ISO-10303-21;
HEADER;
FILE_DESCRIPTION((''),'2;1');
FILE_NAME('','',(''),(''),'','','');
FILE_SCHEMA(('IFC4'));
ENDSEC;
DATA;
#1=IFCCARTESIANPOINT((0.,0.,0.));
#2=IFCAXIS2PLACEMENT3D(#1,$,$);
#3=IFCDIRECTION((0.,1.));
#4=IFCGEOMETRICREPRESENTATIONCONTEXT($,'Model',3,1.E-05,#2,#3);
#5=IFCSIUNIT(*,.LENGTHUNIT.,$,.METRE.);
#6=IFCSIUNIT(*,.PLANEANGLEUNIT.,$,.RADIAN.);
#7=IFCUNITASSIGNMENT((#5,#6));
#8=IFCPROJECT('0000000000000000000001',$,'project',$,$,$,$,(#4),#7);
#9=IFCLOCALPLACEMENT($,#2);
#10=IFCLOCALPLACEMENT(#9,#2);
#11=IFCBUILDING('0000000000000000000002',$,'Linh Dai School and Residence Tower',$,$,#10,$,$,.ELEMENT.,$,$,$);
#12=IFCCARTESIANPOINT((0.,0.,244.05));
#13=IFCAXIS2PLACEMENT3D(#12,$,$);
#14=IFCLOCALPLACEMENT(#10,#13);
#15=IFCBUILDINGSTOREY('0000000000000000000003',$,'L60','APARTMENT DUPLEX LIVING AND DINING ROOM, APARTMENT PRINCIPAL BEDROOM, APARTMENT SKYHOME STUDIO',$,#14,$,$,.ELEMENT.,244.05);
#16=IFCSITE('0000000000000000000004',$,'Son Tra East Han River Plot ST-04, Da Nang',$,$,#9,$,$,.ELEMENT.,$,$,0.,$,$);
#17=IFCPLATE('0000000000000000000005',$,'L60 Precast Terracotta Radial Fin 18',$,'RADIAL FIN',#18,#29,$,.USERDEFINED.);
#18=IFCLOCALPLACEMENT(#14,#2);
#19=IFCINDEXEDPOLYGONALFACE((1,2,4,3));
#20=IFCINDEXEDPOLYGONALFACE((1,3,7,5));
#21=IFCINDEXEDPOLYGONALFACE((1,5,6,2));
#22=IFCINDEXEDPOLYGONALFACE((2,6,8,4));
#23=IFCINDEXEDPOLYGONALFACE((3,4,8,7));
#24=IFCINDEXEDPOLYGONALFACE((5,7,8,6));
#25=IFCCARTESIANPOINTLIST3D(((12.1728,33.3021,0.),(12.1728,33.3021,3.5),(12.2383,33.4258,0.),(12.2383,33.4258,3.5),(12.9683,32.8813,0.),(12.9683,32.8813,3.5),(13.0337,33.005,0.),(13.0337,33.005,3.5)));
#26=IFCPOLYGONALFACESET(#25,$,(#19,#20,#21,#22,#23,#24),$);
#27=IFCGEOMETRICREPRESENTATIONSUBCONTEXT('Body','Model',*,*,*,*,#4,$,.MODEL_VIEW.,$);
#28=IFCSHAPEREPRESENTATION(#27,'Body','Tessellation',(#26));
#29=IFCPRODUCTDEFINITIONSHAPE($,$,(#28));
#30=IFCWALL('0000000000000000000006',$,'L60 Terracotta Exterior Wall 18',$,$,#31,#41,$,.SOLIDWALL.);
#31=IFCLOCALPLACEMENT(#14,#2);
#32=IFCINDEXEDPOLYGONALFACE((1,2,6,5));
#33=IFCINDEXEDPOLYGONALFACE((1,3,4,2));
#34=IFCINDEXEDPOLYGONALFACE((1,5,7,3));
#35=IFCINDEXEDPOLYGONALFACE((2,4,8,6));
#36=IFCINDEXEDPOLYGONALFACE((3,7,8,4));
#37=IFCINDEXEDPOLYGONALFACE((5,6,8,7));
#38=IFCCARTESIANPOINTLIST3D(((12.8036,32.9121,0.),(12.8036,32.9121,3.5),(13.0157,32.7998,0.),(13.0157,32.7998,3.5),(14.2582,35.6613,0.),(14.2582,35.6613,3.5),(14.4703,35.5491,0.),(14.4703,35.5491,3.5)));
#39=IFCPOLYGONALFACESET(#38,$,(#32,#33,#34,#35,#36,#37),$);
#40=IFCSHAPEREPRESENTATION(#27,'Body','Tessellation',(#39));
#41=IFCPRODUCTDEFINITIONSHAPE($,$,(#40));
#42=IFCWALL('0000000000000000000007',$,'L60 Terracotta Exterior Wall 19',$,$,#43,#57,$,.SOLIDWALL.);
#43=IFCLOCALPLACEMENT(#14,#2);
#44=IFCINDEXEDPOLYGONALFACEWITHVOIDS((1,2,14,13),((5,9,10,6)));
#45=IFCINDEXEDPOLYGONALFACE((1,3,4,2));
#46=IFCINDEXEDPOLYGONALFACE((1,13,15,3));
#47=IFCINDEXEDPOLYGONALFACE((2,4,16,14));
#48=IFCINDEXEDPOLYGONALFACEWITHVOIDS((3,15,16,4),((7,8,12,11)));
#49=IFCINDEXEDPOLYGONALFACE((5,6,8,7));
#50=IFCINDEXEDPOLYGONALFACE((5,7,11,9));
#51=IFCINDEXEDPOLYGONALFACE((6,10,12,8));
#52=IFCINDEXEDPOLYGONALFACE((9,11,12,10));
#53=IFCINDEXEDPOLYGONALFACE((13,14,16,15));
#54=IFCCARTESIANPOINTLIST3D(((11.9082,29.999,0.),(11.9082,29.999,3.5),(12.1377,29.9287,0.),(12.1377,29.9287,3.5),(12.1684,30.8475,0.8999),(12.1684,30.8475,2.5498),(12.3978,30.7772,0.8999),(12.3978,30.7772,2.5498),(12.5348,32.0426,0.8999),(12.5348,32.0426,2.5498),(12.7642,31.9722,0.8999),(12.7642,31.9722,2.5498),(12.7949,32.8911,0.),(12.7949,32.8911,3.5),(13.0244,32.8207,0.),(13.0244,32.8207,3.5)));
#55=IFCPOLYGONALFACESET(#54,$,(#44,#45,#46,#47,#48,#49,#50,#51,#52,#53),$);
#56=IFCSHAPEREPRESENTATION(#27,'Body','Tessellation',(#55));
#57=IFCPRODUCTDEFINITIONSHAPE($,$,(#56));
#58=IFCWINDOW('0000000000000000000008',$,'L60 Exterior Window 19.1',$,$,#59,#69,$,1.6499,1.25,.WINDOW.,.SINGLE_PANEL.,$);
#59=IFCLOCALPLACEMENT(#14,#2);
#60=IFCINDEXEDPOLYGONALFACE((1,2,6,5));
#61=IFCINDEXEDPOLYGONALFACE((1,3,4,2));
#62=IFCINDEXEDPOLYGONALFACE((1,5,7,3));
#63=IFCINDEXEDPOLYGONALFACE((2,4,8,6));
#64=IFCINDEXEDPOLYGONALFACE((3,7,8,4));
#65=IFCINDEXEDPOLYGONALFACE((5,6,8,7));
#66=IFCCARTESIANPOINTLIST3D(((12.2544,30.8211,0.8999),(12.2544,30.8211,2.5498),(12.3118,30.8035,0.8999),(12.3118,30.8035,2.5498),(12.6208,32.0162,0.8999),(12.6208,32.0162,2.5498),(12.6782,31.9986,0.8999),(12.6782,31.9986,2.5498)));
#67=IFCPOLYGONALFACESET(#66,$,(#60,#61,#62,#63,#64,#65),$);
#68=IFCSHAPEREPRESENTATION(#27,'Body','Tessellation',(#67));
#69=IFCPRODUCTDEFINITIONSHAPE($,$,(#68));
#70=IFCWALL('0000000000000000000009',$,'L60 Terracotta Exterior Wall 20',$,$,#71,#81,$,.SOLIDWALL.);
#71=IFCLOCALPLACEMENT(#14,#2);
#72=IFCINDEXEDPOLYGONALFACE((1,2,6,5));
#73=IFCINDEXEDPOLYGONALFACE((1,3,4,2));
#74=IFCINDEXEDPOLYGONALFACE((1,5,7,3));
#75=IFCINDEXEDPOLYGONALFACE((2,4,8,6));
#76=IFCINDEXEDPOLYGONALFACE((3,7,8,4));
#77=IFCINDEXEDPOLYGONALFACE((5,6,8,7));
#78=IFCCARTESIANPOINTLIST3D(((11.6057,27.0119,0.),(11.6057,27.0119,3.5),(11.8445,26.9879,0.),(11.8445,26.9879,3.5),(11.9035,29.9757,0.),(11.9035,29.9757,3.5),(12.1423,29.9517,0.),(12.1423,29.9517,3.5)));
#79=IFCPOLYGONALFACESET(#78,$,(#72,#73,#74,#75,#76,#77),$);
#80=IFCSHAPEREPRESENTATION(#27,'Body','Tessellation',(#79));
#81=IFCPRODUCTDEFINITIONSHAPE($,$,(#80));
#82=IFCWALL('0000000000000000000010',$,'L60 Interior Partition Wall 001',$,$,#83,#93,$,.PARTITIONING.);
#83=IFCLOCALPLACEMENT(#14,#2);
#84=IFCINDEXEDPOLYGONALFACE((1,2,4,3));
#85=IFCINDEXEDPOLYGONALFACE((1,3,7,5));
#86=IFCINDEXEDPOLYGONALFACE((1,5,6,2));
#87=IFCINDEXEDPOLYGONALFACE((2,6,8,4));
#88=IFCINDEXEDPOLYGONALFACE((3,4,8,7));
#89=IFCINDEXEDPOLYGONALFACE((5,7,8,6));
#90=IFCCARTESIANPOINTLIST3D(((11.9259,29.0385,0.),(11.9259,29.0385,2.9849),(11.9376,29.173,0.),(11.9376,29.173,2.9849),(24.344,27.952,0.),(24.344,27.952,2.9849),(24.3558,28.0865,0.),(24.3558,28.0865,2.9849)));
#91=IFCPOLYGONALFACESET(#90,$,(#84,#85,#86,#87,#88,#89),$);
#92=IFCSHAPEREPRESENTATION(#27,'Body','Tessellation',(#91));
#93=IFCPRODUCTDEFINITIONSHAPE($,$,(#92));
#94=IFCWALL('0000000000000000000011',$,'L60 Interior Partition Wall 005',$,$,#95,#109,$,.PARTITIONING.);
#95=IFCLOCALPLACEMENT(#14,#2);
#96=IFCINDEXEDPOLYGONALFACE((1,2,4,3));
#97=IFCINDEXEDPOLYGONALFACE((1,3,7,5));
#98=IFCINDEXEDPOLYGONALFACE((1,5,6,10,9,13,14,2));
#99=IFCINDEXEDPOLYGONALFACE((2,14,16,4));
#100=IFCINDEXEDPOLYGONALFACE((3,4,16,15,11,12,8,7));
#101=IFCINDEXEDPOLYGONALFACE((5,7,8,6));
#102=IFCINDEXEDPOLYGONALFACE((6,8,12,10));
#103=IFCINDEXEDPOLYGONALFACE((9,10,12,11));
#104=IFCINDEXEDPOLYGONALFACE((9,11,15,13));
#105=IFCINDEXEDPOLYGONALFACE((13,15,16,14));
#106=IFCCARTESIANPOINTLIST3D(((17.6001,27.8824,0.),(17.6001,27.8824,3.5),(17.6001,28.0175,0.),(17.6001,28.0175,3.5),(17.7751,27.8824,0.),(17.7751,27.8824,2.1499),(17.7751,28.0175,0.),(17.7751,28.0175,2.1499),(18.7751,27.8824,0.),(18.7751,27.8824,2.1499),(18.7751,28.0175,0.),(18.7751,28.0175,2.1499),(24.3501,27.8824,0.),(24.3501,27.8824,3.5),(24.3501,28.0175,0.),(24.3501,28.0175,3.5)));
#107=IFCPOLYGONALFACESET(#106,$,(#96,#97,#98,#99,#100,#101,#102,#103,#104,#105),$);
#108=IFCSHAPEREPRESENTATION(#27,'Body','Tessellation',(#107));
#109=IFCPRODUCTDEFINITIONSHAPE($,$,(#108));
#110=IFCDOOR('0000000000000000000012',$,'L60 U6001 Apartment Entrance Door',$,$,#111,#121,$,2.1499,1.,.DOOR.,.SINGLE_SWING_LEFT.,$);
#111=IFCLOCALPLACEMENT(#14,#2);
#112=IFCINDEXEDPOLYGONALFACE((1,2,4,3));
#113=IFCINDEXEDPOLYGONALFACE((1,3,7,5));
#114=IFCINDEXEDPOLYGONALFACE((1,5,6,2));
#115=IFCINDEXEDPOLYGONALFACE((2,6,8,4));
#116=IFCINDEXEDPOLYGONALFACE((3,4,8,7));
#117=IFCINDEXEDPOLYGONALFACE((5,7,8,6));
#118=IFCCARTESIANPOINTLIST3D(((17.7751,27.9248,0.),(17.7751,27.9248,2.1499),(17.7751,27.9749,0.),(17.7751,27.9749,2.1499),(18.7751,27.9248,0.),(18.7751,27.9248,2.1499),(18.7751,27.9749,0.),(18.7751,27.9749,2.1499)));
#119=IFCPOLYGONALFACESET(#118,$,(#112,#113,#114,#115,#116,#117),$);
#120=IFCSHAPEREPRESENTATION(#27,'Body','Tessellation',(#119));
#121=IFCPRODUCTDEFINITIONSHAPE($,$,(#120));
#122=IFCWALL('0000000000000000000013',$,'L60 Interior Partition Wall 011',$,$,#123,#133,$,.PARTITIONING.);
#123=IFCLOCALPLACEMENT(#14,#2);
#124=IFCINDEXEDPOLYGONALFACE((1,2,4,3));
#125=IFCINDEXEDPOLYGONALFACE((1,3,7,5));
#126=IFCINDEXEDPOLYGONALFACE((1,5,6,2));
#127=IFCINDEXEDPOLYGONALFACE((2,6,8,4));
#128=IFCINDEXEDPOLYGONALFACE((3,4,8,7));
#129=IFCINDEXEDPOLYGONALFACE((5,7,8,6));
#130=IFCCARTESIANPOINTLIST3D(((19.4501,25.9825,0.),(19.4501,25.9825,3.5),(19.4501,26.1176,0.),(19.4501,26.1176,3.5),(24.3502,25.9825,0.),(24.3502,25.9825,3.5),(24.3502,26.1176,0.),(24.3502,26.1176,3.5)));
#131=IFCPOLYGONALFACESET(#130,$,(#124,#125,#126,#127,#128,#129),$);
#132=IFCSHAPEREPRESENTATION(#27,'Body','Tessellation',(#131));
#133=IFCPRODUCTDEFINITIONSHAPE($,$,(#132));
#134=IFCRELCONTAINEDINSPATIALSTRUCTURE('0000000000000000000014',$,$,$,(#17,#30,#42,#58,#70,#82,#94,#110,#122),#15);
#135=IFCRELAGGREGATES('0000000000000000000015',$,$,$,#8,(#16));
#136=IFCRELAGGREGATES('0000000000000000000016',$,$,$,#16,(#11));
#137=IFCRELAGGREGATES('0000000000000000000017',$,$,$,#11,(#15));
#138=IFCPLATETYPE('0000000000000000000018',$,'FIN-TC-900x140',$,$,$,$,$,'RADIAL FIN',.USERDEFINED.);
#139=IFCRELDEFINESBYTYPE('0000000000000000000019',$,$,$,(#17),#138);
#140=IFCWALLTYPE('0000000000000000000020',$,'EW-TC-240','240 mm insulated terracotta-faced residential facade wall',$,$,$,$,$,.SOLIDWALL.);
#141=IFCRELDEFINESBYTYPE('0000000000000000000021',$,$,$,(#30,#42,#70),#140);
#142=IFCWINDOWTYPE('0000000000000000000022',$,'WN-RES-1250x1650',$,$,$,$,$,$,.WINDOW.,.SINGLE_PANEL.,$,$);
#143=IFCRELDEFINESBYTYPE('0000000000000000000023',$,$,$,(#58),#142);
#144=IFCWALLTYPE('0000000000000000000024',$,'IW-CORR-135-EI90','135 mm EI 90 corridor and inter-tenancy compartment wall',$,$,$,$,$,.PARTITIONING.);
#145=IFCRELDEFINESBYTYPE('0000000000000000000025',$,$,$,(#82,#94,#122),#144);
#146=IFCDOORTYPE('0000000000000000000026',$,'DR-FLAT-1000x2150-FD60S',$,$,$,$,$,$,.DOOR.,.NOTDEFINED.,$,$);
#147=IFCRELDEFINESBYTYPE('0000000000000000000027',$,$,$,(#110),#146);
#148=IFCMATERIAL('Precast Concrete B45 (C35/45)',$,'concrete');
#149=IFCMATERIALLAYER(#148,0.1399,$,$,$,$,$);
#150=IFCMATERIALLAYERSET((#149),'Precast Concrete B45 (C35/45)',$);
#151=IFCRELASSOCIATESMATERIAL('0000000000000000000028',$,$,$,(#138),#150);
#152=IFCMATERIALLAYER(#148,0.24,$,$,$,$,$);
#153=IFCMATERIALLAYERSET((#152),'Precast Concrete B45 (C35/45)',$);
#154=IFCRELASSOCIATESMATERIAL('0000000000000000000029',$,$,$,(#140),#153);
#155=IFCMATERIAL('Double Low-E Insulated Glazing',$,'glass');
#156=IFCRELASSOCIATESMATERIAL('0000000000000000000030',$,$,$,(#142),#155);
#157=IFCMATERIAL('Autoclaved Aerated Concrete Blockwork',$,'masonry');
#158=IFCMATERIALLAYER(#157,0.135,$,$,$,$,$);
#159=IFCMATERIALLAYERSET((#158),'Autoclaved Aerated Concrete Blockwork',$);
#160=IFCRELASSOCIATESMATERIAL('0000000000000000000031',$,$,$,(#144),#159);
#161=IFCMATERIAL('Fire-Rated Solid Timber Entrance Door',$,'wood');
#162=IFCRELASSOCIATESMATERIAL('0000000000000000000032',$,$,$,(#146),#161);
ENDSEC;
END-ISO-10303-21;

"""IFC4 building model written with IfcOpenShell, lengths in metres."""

from ifc_helpers import new_model, si_unit, direction, frame, frame_2d, origin, origin_2d, place, context, subcontext, project, spatial, rectangle, extrude, source, transform, mapped, material, layer, layer_set, type_object, element, fill, save


model = new_model("IFC4")

# Units and contexts
model_context = context("Model", 3, precision=1e-05, world=origin(), true_north=direction((0.0, 1.0)))
body_context = subcontext(model_context, "Body", "Model", "MODEL_VIEW")
ifc_project = project(units=[si_unit("LENGTHUNIT", "METRE"), si_unit("PLANEANGLEUNIT", "RADIAN")], contexts=[model_context])

# Site, building, storey
site_placement = place(None, origin())
site = spatial("IfcSite", under=ifc_project, at=site_placement, Name="Son Tra East Han River Plot ST-04, Da Nang", CompositionType="ELEMENT", RefElevation=0.0)
building_placement = place(site_placement, origin())
building = spatial("IfcBuilding", under=site, at=building_placement, Name="Linh Dai School and Residence Tower", CompositionType="ELEMENT")
storey_placement = place(building_placement, frame((0.0, 0.0, 244.05)))
storey = spatial("IfcBuildingStorey", under=building, at=storey_placement, Name="L60", Description="APARTMENT DUPLEX LIVING AND DINING ROOM, APARTMENT PRINCIPAL BEDROOM, APARTMENT SKYHOME STUDIO", CompositionType="ELEMENT", Elevation=244.05)

# Plate
ifc_material_1 = material(Name="Precast Concrete B45 (C35/45)", Category="concrete")
ifc_layer_1 = layer(ifc_material_1, 0.1399)
ifc_layer_set_1 = layer_set([ifc_layer_1], Name="Precast Concrete B45 (C35/45)")
plate_type = type_object("IfcPlateType", Name="FIN-TC-900x140", ElementType="RADIAL FIN", PredefinedType="USERDEFINED", material=ifc_layer_set_1)
shared_shape_1 = source(origin(), body_context, "Body", "SweptSolid", [
    extrude(rectangle(XDim=0.8999, YDim=0.1399, at=origin_2d()), origin(), (0.0, 0.0, 1.0), 3.5),
])
plate_placement = place(storey_placement, frame((12.6033, 33.1536, 0.0), z_axis=(0.0, 0.0, 1.0), x_axis=(-0.883929, 0.467621, 0.0)))
element("IfcPlate", 1, at=plate_placement, inside=storey, type_object=plate_type, Name="L60 Precast Terracotta Radial Fin 18", ObjectType="RADIAL FIN", PredefinedType="USERDEFINED", context=body_context, shape_type="MappedRepresentation", body=[
    mapped(shared_shape_1, transform((0.0, 0.0, 0.0), x_axis=(1.0, 0.0, 0.0), y_axis=(0.0, 1.0, 0.0), z_axis=(0.0, 0.0, 1.0), scale=1.0)),
])

# Wall
ifc_layer_2 = layer(ifc_material_1, 0.24)
ifc_layer_set_2 = layer_set([ifc_layer_2], Name="Precast Concrete B45 (C35/45)")
wall_type_1 = type_object("IfcWallType", Name="EW-TC-240", Description="240 mm insulated terracotta-faced residential facade wall", PredefinedType="SOLIDWALL", material=ifc_layer_set_2)
wall_1_placement = place(storey_placement, frame((12.9097, 32.856, 0.0), z_axis=(0.0, 0.0, 1.0), x_axis=(0.46766, 0.883908, 0.0)))
element("IfcWall", 2, at=wall_1_placement, inside=storey, type_object=wall_type_1, Name="L60 Terracotta Exterior Wall 18", PredefinedType="SOLIDWALL", context=body_context, shape_type="SweptSolid", body=[
    extrude(rectangle(XDim=3.1104, YDim=0.24, at=frame_2d((1.5552, 0.0))), origin(), (0.0, 0.0, 1.0), 3.5),
])

# Wall, opening, window
wall_2_placement = place(storey_placement, frame((12.0229, 29.9639, 0.0), z_axis=(0.0, 0.0, 1.0), x_axis=(0.293133, 0.956072, 0.0)))
wall_2 = element("IfcWall", 3, at=wall_2_placement, inside=storey, type_object=wall_type_1, Name="L60 Terracotta Exterior Wall 19", PredefinedType="SOLIDWALL", context=body_context, shape_type="SweptSolid", body=[
    extrude(rectangle(XDim=3.0249, YDim=0.24, at=frame_2d((1.5125, 0.0))), origin(), (0.0, 0.0, 1.0), 3.5),
])
opening_1_placement = place(wall_2_placement, frame((0.8875, 0.0, 0.8999)))
opening_1 = element("IfcOpeningElement", 4, at=opening_1_placement, cuts=wall_2, PredefinedType="OPENING", context=body_context, shape_type="SweptSolid", body=[
    extrude(rectangle(XDim=1.25, YDim=1.6499, at=origin_2d()), frame((0.625, 0.1299, 0.825), z_axis=(0.0, -1.0, 0.0), x_axis=(1.0, 0.0, 0.0)), (0.0, 0.0, 1.0), 0.26),
])
ifc_material_2 = material(Name="Double Low-E Insulated Glazing", Category="glass")
window_type = type_object("IfcWindowType", Name="WN-RES-1250x1650", PartitioningType="SINGLE_PANEL", PredefinedType="WINDOW", material=ifc_material_2)
shared_shape_2 = source(origin(), body_context, "Body", "SweptSolid", [
    extrude(rectangle(XDim=1.25, YDim=1.6499, at=origin_2d()), frame((0.625, 0.03, 0.825), z_axis=(0.0, -1.0, 0.0), x_axis=(1.0, 0.0, 0.0)), (0.0, 0.0, 1.0), 0.0601),
])
window_placement = place(opening_1_placement, origin())
window = element("IfcWindow", 5, at=window_placement, inside=storey, type_object=window_type, Name="L60 Exterior Window 19.1", OverallHeight=1.6499, OverallWidth=1.25, PartitioningType="SINGLE_PANEL", PredefinedType="WINDOW", context=body_context, shape_type="MappedRepresentation", body=[
    mapped(shared_shape_2, transform((0.0, 0.0, 0.0), x_axis=(1.0, 0.0, 0.0), y_axis=(0.0, 1.0, 0.0), z_axis=(0.0, 0.0, 1.0), scale=1.0)),
])
fill(opening_1, window)

# Walls
wall_3_placement = place(storey_placement, frame((11.7251, 27.0, 0.0), z_axis=(0.0, 0.0, 1.0), x_axis=(0.099991, 0.994988, 0.0)))
element("IfcWall", 6, at=wall_3_placement, inside=storey, type_object=wall_type_1, Name="L60 Terracotta Exterior Wall 20", PredefinedType="SOLIDWALL", context=body_context, shape_type="SweptSolid", body=[
    extrude(rectangle(XDim=2.9788, YDim=0.24, at=frame_2d((1.4893, 0.0))), origin(), (0.0, 0.0, 1.0), 3.5),
])
ifc_material_3 = material(Name="Autoclaved Aerated Concrete Blockwork", Category="masonry")
ifc_layer_3 = layer(ifc_material_3, 0.135)
ifc_layer_set_3 = layer_set([ifc_layer_3], Name="Autoclaved Aerated Concrete Blockwork")
wall_type_2 = type_object("IfcWallType", Name="IW-CORR-135-EI90", Description="135 mm EI 90 corridor and inter-tenancy compartment wall", PredefinedType="PARTITIONING", material=ifc_layer_set_3)
wall_4_placement = place(storey_placement, frame((11.9316, 29.1057, 0.0), z_axis=(0.0, 0.0, 1.0), x_axis=(0.996195, -0.087154, 0.0)))
element("IfcWall", 7, at=wall_4_placement, inside=storey, type_object=wall_type_2, Name="L60 Interior Partition Wall 001", PredefinedType="PARTITIONING", context=body_context, shape_type="SweptSolid", body=[
    extrude(rectangle(XDim=12.4656, YDim=0.135, at=frame_2d((6.2329, 0.0))), origin(), (0.0, 0.0, 1.0), 2.9849),
])

# Wall, opening, door
wall_5_placement = place(storey_placement, frame((17.6001, 27.95, 0.0), z_axis=(0.0, 0.0, 1.0), x_axis=(1.0, 0.0, 0.0)))
wall_5 = element("IfcWall", 8, at=wall_5_placement, inside=storey, type_object=wall_type_2, Name="L60 Interior Partition Wall 005", PredefinedType="PARTITIONING", context=body_context, shape_type="SweptSolid", body=[
    extrude(rectangle(XDim=6.75, YDim=0.135, at=frame_2d((3.375, 0.0))), origin(), (0.0, 0.0, 1.0), 3.5),
])
opening_2_placement = place(wall_5_placement, frame((0.175, 0.0, 0.0)))
opening_2 = element("IfcOpeningElement", 9, at=opening_2_placement, cuts=wall_5, PredefinedType="OPENING", context=body_context, shape_type="SweptSolid", body=[
    extrude(rectangle(XDim=1.0, YDim=2.1499, at=origin_2d()), frame((0.5, 0.0776, 1.075), z_axis=(0.0, -1.0, 0.0), x_axis=(1.0, 0.0, 0.0)), (0.0, 0.0, 1.0), 0.155),
])
ifc_material_4 = material(Name="Fire-Rated Solid Timber Entrance Door", Category="wood")
door_type_1 = type_object("IfcDoorType", Name="DR-FLAT-1000x2150-FD60S", OperationType="NOTDEFINED", PredefinedType="DOOR", material=ifc_material_4)
shared_shape_3 = source(origin(), body_context, "Body", "SweptSolid", [
    extrude(rectangle(XDim=1.0, YDim=2.1499, at=origin_2d()), frame((0.5, 0.0249, 1.075), z_axis=(0.0, -1.0, 0.0), x_axis=(1.0, 0.0, 0.0)), (0.0, 0.0, 1.0), 0.05),
])
door_1_placement = place(opening_2_placement, origin())
door_1 = element("IfcDoor", 10, at=door_1_placement, inside=storey, type_object=door_type_1, Name="L60 U6001 Apartment Entrance Door", OperationType="SINGLE_SWING_LEFT", OverallHeight=2.1499, OverallWidth=1.0, PredefinedType="DOOR", context=body_context, shape_type="MappedRepresentation", body=[
    mapped(shared_shape_3, transform((0.0, 0.0, 0.0), x_axis=(1.0, 0.0, 0.0), y_axis=(0.0, 1.0, 0.0), z_axis=(0.0, 0.0, 1.0), scale=1.0)),
])
fill(opening_2, door_1)

# Wall
wall_6_placement = place(storey_placement, frame((19.45, 26.05, 0.0), z_axis=(0.0, 0.0, 1.0), x_axis=(1.0, 0.0, 0.0)))
element("IfcWall", 11, at=wall_6_placement, inside=storey, type_object=wall_type_2, Name="L60 Interior Partition Wall 011", PredefinedType="PARTITIONING", context=body_context, shape_type="SweptSolid", body=[
    extrude(rectangle(XDim=4.9001, YDim=0.135, at=frame_2d((2.4502, 0.0))), origin(), (0.0, 0.0, 1.0), 3.5),
])

save(model, "model.ifc")
